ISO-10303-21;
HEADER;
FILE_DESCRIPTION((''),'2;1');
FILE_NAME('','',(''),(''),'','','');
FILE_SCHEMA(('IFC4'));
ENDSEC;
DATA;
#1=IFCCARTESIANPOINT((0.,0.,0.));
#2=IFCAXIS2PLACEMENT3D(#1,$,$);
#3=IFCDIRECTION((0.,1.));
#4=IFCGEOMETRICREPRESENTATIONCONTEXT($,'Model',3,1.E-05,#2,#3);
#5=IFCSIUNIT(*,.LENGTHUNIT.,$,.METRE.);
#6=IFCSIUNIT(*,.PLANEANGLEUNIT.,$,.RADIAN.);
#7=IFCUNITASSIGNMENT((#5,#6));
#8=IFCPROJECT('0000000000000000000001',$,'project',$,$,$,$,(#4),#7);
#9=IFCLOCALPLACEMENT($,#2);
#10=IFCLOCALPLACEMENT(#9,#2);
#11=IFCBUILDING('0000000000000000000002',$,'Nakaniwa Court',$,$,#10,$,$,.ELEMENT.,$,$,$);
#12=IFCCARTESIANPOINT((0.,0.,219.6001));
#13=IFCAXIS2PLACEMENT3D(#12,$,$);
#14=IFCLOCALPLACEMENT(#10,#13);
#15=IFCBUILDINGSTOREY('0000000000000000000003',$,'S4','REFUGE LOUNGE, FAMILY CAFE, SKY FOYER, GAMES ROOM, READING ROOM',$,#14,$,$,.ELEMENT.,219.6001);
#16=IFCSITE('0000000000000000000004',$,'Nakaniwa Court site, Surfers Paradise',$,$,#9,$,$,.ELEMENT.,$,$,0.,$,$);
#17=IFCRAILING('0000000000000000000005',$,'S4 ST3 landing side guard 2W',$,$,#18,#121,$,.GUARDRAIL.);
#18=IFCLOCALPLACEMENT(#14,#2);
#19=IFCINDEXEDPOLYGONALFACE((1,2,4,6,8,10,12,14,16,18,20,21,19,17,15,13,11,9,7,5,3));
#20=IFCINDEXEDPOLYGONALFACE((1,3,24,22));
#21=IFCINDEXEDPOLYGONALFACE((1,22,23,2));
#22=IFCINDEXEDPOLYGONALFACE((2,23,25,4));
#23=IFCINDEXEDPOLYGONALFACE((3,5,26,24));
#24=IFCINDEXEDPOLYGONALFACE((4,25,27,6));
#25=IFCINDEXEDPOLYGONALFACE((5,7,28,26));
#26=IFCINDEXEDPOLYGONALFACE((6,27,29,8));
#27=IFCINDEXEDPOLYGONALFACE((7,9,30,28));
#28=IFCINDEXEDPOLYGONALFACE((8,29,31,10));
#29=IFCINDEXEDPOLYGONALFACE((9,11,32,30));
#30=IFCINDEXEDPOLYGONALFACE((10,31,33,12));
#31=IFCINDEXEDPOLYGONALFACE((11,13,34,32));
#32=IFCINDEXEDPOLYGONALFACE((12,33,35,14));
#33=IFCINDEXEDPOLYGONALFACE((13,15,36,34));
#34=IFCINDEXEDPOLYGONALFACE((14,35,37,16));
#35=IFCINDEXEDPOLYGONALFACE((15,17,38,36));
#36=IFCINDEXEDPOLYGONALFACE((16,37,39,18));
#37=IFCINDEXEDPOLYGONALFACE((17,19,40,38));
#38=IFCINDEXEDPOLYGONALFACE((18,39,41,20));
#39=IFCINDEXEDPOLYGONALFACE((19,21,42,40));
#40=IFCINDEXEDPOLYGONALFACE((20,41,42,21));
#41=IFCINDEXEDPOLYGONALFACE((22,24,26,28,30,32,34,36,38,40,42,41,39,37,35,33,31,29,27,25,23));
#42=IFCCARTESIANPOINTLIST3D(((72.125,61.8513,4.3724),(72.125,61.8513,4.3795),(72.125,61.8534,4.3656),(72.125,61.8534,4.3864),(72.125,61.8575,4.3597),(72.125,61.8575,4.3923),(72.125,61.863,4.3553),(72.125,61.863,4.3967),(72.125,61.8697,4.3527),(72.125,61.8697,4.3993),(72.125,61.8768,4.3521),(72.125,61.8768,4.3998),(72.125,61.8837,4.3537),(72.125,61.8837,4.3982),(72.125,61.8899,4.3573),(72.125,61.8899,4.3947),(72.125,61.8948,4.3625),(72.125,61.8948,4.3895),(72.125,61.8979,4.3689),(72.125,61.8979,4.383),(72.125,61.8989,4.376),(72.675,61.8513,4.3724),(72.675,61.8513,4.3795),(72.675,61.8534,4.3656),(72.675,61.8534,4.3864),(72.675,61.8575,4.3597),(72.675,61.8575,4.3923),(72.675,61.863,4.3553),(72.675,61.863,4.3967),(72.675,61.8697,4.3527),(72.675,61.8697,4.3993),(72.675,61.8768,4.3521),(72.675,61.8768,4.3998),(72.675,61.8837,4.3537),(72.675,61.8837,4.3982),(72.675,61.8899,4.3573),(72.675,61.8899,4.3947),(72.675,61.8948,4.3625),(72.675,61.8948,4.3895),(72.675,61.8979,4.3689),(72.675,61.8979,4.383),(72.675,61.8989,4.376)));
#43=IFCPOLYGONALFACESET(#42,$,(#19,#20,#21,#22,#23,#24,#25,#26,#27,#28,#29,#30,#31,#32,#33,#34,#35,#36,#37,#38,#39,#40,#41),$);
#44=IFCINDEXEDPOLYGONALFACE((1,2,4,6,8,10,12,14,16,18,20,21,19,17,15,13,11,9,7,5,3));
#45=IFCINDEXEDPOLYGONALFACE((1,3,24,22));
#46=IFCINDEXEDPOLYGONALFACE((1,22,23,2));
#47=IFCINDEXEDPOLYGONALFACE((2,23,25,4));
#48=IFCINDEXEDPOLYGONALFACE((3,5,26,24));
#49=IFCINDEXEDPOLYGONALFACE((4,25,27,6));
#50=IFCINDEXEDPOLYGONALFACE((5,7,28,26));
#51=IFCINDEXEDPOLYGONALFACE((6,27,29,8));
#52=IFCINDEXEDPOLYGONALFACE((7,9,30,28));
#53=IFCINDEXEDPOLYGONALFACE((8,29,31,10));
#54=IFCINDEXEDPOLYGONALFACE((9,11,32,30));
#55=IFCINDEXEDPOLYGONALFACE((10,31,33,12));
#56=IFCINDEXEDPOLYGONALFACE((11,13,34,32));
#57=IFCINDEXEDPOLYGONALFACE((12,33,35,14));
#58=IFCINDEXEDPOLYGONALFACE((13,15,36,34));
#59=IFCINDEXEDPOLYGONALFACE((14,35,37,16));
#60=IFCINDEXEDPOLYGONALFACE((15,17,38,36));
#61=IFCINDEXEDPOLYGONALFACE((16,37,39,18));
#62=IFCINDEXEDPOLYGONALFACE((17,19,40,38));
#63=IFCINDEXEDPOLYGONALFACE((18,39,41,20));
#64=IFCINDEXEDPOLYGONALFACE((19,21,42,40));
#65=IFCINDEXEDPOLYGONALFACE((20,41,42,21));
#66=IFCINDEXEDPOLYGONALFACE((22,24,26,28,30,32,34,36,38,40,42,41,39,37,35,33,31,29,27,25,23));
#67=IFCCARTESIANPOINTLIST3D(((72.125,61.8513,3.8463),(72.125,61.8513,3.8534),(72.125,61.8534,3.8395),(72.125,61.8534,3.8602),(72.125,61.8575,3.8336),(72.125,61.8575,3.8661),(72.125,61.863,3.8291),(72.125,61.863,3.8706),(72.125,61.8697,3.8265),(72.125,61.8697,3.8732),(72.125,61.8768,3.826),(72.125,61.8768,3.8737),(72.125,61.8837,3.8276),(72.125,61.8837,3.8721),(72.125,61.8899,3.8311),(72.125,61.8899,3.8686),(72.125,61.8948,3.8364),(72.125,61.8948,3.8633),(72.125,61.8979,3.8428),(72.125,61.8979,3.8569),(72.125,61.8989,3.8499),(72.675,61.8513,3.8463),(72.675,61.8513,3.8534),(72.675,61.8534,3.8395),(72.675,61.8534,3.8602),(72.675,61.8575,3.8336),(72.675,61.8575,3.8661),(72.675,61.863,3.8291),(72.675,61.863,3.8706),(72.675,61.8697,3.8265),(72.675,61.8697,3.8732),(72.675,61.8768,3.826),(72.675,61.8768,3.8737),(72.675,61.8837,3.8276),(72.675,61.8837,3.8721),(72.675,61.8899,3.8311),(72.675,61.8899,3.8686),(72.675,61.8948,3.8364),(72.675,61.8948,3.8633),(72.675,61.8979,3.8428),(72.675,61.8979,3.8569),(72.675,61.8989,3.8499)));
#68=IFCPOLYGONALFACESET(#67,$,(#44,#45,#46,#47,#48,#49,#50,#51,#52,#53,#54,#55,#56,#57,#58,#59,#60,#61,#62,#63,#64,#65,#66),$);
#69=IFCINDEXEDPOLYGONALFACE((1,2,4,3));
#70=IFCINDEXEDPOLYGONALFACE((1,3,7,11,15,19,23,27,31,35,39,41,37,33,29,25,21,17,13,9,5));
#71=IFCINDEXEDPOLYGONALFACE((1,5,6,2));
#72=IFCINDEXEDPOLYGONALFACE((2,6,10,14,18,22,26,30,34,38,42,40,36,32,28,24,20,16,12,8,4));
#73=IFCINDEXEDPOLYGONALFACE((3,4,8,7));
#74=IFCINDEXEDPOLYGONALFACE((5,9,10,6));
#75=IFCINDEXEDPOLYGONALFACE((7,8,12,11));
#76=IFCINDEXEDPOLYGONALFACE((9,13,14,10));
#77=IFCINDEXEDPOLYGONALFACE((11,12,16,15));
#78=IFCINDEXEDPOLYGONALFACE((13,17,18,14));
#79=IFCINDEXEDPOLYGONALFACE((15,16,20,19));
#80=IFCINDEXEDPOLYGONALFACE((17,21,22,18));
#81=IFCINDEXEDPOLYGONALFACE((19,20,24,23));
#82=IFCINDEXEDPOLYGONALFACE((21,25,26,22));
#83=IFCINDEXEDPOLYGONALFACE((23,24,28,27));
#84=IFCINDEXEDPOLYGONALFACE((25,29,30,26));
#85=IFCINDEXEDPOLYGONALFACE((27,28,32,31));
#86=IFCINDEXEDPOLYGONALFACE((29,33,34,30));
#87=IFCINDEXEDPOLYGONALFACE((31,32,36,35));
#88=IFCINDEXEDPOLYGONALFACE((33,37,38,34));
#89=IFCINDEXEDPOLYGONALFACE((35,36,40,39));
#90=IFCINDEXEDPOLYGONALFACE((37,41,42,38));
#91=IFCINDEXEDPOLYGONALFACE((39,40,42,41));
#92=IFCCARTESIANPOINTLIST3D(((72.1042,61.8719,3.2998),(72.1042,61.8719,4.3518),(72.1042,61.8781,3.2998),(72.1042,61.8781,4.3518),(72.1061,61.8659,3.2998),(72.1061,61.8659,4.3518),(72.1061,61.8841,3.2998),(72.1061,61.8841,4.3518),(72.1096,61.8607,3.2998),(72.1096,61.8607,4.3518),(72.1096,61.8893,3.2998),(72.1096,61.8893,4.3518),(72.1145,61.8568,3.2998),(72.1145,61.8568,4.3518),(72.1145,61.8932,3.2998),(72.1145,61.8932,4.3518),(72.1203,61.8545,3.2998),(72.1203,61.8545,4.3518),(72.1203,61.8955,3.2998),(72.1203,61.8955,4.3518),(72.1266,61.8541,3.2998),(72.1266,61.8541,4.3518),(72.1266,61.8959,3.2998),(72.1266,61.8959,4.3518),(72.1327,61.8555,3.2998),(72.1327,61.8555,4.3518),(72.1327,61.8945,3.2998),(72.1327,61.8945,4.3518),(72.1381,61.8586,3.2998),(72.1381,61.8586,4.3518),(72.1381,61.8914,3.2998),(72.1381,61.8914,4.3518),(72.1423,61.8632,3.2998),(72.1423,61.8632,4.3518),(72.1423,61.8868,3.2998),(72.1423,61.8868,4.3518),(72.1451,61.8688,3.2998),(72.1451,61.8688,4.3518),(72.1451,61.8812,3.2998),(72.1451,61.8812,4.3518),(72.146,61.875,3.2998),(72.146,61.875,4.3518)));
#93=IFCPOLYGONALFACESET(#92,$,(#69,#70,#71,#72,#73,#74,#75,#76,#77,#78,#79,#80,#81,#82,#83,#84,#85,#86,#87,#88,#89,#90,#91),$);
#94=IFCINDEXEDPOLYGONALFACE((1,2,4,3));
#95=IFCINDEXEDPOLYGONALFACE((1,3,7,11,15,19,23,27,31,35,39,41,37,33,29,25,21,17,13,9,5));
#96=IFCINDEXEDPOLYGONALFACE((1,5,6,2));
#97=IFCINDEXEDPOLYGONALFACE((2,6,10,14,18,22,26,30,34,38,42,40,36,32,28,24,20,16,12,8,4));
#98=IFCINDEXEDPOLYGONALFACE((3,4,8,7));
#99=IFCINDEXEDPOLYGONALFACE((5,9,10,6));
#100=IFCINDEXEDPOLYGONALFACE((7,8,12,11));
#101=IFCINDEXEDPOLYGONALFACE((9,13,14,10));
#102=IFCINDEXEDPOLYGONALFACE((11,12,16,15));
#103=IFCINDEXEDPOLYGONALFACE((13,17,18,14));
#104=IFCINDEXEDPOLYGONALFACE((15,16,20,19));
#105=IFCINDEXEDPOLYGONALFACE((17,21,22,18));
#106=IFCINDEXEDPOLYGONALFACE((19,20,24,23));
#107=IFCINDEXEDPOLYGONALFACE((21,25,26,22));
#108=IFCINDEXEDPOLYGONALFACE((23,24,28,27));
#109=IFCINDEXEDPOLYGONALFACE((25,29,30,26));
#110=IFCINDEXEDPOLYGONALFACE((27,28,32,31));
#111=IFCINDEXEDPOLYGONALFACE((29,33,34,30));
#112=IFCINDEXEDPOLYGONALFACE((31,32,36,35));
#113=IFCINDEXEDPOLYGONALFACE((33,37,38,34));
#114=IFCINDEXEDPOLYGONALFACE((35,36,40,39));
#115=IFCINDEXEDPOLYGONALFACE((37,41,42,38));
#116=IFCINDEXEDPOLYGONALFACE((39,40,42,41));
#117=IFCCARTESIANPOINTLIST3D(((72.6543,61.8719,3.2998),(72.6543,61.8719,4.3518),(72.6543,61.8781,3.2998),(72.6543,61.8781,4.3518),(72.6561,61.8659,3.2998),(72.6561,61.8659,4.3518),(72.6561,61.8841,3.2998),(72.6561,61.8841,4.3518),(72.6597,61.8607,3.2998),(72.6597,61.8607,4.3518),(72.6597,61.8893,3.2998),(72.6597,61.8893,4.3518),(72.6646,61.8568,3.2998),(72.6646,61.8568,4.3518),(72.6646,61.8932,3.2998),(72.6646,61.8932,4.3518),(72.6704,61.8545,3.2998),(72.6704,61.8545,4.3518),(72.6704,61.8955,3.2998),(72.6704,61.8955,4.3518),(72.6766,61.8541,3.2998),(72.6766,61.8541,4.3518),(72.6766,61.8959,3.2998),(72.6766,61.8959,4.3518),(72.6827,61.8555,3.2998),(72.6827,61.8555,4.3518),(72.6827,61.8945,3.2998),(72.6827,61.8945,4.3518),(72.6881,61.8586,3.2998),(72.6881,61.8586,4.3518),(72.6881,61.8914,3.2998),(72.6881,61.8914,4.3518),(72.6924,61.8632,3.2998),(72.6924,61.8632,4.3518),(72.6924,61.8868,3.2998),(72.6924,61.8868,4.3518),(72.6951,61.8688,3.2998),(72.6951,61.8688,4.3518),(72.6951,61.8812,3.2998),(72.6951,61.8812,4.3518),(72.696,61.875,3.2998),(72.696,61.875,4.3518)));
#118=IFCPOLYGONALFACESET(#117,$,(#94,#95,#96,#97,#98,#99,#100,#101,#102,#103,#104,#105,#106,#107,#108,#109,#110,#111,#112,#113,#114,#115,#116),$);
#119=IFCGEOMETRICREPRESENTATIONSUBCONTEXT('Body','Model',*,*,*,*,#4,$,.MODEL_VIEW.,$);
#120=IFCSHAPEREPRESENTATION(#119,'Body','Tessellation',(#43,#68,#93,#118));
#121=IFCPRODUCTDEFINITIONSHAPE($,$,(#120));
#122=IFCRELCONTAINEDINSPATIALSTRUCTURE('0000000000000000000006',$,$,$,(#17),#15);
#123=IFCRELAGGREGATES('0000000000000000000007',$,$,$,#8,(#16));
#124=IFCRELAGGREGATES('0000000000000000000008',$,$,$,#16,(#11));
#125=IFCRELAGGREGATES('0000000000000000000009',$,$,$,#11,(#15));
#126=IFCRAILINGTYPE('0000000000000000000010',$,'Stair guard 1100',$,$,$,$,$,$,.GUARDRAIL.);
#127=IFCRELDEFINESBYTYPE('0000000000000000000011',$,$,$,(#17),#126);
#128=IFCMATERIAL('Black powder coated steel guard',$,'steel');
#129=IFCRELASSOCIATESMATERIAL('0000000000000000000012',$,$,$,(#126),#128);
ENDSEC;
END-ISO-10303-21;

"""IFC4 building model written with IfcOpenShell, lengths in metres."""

from ifc_helpers import new_model, si_unit, direction, frame, origin, origin_2d, place, context, subcontext, project, spatial, circle, extrude, material, type_object, element, save


model = new_model("IFC4")

# Units and contexts
model_context = context("Model", 3, precision=1e-05, world=origin(), true_north=direction((0.0, 1.0)))
body_context = subcontext(model_context, "Body", "Model", "MODEL_VIEW")
ifc_project = project(units=[si_unit("LENGTHUNIT", "METRE"), si_unit("PLANEANGLEUNIT", "RADIAN")], contexts=[model_context])

# Site, building, storey
site_placement = place(None, origin())
site = spatial("IfcSite", under=ifc_project, at=site_placement, Name="Nakaniwa Court site, Surfers Paradise", CompositionType="ELEMENT", RefElevation=0.0)
building_placement = place(site_placement, origin())
building = spatial("IfcBuilding", under=site, at=building_placement, Name="Nakaniwa Court", CompositionType="ELEMENT")
storey_placement = place(building_placement, frame((0.0, 0.0, 219.6001)))
storey = spatial("IfcBuildingStorey", under=building, at=storey_placement, Name="S4", Description="REFUGE LOUNGE, FAMILY CAFE, SKY FOYER, GAMES ROOM, READING ROOM", CompositionType="ELEMENT", Elevation=219.6001)

# Railing
ifc_material_1 = material(Name="Black powder coated steel guard", Category="steel")
railing_type_1 = type_object("IfcRailingType", Name="Stair guard 1100", PredefinedType="GUARDRAIL", material=ifc_material_1)
railing_1_placement = place(storey_placement, frame((72.125, 61.875, 3.2998)))
element("IfcRailing", 1, at=railing_1_placement, inside=storey, type_object=railing_type_1, Name="S4 ST3 landing side guard 2W", PredefinedType="GUARDRAIL", context=body_context, shape_type="SweptSolid", body=[
    extrude(circle(Radius=0.0239, at=origin_2d()), frame((0.0, 0.0, 1.0762), z_axis=(1.0, 0.0, 0.0), x_axis=(0.0, 1.0, 0.0)), (0.0, 0.0, 1.0), 0.55),
    extrude(circle(Radius=0.0239, at=origin_2d()), frame((0.0, 0.0, 0.55), z_axis=(1.0, 0.0, 0.0), x_axis=(0.0, 1.0, 0.0)), (0.0, 0.0, 1.0), 0.55),
    extrude(circle(Radius=0.021, at=origin_2d()), origin(), (0.0, 0.0, 1.0), 1.052),
    extrude(circle(Radius=0.021, at=origin_2d()), frame((0.55, 0.0, 0.0)), (0.0, 0.0, 1.0), 1.052),
])

save(model, "model.ifc")
